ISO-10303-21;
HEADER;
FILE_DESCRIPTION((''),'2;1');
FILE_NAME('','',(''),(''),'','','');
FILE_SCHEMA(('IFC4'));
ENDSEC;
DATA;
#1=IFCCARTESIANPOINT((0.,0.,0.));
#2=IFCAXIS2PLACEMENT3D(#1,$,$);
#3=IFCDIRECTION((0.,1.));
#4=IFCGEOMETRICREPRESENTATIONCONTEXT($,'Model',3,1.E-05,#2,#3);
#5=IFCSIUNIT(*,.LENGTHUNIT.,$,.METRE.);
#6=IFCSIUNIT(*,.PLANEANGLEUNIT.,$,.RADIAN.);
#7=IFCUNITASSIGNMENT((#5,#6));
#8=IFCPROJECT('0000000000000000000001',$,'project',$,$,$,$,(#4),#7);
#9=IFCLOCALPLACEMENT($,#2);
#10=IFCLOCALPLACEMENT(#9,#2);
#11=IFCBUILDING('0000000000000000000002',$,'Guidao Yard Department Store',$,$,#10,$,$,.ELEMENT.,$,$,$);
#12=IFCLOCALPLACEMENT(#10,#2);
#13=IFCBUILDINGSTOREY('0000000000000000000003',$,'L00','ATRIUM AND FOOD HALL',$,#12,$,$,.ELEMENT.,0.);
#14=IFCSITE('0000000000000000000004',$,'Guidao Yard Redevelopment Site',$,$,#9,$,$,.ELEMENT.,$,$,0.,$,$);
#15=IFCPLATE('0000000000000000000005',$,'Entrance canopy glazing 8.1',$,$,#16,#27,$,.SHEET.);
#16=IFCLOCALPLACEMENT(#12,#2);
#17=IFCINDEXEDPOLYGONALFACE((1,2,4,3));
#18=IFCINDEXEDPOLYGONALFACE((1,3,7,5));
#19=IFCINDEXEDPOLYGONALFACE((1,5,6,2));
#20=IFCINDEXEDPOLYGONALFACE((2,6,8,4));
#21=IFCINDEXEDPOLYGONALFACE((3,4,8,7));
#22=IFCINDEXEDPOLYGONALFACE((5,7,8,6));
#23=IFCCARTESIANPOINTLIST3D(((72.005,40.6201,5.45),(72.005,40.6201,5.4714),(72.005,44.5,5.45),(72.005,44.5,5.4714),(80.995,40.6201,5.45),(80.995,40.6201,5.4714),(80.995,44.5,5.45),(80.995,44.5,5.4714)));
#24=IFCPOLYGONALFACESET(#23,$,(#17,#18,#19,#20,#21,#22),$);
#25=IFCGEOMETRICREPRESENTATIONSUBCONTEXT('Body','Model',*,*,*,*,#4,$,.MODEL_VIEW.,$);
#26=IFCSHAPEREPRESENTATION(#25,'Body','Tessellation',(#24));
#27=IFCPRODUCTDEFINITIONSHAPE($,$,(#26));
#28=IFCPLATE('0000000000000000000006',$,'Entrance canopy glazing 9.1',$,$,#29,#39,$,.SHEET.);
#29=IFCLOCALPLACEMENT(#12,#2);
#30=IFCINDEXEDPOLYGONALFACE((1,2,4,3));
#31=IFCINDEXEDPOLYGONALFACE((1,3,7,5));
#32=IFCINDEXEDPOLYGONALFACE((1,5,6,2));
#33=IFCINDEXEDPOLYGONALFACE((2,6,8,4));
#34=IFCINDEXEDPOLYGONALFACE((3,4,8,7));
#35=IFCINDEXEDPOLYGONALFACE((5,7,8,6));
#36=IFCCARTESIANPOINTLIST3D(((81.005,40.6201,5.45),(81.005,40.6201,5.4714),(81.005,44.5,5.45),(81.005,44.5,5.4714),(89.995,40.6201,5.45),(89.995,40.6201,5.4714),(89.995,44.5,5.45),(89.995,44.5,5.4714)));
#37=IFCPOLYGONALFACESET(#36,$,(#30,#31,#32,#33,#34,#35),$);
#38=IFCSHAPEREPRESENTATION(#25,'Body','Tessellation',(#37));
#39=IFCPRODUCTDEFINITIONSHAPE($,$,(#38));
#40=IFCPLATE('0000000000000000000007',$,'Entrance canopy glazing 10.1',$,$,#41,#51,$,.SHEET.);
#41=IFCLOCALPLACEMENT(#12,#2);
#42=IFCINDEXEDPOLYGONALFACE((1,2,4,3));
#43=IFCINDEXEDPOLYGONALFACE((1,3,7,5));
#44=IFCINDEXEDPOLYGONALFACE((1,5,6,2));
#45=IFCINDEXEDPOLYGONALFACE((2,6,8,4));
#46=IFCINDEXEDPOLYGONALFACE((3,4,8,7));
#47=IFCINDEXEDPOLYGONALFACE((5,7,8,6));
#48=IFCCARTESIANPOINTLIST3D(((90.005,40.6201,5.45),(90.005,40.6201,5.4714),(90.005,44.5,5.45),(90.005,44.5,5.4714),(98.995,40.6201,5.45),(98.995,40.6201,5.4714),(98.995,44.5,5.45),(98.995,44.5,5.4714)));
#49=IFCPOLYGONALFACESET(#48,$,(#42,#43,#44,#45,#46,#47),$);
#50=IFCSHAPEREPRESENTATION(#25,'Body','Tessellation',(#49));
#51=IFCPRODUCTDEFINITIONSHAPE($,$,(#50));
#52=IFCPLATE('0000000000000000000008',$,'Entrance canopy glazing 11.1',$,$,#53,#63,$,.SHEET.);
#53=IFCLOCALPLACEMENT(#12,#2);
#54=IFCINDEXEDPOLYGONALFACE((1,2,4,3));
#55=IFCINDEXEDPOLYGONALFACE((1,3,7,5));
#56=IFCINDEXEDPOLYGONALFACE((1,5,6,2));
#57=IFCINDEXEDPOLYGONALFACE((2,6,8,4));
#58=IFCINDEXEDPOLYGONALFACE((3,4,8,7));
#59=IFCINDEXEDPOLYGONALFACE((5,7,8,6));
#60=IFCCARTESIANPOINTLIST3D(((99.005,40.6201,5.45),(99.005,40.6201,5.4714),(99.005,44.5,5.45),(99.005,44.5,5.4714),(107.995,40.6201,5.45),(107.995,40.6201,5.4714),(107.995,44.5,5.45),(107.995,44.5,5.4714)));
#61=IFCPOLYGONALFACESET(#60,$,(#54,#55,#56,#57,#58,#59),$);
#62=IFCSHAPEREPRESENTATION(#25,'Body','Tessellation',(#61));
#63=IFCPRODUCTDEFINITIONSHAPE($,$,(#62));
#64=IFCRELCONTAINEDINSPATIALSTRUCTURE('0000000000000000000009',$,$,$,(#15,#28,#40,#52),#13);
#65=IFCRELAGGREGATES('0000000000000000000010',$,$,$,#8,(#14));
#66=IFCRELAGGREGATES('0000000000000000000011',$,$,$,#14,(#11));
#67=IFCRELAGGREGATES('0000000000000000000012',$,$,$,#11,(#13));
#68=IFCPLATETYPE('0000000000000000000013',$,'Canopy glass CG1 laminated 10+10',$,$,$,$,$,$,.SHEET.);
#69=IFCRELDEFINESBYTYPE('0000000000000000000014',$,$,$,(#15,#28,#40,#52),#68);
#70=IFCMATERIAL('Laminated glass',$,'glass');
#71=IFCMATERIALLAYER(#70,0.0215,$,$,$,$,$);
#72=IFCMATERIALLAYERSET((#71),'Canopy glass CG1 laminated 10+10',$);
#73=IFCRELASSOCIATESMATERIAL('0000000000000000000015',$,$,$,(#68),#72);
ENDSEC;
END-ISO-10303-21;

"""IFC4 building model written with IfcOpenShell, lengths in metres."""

from ifc_helpers import new_model, si_unit, direction, frame, origin, origin_2d, place, context, subcontext, project, spatial, rectangle, extrude, material, layer, layer_set, type_object, element, save


model = new_model("IFC4")

# Units and contexts
model_context = context("Model", 3, precision=1e-05, world=origin(), true_north=direction((0.0, 1.0)))
body_context = subcontext(model_context, "Body", "Model", "MODEL_VIEW")
ifc_project = project(units=[si_unit("LENGTHUNIT", "METRE"), si_unit("PLANEANGLEUNIT", "RADIAN")], contexts=[model_context])

# Site, building, storey
site_placement = place(None, origin())
site = spatial("IfcSite", under=ifc_project, at=site_placement, Name="Guidao Yard Redevelopment Site", CompositionType="ELEMENT", RefElevation=0.0)
building_placement = place(site_placement, origin())
building = spatial("IfcBuilding", under=site, at=building_placement, Name="Guidao Yard Department Store", CompositionType="ELEMENT")
storey_placement = place(building_placement, origin())
storey = spatial("IfcBuildingStorey", under=building, at=storey_placement, Name="L00", Description="ATRIUM AND FOOD HALL", CompositionType="ELEMENT", Elevation=0.0)

# Plates
ifc_material_1 = material(Name="Laminated glass", Category="glass")
ifc_layer = layer(ifc_material_1, 0.0215)
ifc_layer_set = layer_set([ifc_layer], Name="Canopy glass CG1 laminated 10+10")
plate_type = type_object("IfcPlateType", Name="Canopy glass CG1 laminated 10+10", PredefinedType="SHEET", material=ifc_layer_set)
for number, where, z_axis, x_axis, name in (
    (1, (76.5, 42.5601, 5.45), (0.0, 0.0, 1.0), (1.0, 0.0, 0.0), "Entrance canopy glazing 8.1"),
    (2, (85.5, 42.5601, 5.45), (0.0, 0.0, 1.0), (1.0, 0.0, 0.0), "Entrance canopy glazing 9.1"),
    (3, (94.5, 42.5601, 5.45), (0.0, 0.0, 1.0), (1.0, 0.0, 0.0), "Entrance canopy glazing 10.1"),
    (4, (103.5, 42.5601, 5.45), (0.0, 0.0, 1.0), (1.0, 0.0, 0.0), "Entrance canopy glazing 11.1"),
):
    element("IfcPlate", number, at=place(storey_placement, frame(where, z_axis=z_axis, x_axis=x_axis)), inside=storey, type_object=plate_type, Name=name, PredefinedType="SHEET", context=body_context, shape_type="SweptSolid", body=[
        extrude(rectangle(XDim=8.99, YDim=3.8799, at=origin_2d()), origin(), (0.0, 0.0, 1.0), 0.0215),
    ])

save(model, "model.ifc")
